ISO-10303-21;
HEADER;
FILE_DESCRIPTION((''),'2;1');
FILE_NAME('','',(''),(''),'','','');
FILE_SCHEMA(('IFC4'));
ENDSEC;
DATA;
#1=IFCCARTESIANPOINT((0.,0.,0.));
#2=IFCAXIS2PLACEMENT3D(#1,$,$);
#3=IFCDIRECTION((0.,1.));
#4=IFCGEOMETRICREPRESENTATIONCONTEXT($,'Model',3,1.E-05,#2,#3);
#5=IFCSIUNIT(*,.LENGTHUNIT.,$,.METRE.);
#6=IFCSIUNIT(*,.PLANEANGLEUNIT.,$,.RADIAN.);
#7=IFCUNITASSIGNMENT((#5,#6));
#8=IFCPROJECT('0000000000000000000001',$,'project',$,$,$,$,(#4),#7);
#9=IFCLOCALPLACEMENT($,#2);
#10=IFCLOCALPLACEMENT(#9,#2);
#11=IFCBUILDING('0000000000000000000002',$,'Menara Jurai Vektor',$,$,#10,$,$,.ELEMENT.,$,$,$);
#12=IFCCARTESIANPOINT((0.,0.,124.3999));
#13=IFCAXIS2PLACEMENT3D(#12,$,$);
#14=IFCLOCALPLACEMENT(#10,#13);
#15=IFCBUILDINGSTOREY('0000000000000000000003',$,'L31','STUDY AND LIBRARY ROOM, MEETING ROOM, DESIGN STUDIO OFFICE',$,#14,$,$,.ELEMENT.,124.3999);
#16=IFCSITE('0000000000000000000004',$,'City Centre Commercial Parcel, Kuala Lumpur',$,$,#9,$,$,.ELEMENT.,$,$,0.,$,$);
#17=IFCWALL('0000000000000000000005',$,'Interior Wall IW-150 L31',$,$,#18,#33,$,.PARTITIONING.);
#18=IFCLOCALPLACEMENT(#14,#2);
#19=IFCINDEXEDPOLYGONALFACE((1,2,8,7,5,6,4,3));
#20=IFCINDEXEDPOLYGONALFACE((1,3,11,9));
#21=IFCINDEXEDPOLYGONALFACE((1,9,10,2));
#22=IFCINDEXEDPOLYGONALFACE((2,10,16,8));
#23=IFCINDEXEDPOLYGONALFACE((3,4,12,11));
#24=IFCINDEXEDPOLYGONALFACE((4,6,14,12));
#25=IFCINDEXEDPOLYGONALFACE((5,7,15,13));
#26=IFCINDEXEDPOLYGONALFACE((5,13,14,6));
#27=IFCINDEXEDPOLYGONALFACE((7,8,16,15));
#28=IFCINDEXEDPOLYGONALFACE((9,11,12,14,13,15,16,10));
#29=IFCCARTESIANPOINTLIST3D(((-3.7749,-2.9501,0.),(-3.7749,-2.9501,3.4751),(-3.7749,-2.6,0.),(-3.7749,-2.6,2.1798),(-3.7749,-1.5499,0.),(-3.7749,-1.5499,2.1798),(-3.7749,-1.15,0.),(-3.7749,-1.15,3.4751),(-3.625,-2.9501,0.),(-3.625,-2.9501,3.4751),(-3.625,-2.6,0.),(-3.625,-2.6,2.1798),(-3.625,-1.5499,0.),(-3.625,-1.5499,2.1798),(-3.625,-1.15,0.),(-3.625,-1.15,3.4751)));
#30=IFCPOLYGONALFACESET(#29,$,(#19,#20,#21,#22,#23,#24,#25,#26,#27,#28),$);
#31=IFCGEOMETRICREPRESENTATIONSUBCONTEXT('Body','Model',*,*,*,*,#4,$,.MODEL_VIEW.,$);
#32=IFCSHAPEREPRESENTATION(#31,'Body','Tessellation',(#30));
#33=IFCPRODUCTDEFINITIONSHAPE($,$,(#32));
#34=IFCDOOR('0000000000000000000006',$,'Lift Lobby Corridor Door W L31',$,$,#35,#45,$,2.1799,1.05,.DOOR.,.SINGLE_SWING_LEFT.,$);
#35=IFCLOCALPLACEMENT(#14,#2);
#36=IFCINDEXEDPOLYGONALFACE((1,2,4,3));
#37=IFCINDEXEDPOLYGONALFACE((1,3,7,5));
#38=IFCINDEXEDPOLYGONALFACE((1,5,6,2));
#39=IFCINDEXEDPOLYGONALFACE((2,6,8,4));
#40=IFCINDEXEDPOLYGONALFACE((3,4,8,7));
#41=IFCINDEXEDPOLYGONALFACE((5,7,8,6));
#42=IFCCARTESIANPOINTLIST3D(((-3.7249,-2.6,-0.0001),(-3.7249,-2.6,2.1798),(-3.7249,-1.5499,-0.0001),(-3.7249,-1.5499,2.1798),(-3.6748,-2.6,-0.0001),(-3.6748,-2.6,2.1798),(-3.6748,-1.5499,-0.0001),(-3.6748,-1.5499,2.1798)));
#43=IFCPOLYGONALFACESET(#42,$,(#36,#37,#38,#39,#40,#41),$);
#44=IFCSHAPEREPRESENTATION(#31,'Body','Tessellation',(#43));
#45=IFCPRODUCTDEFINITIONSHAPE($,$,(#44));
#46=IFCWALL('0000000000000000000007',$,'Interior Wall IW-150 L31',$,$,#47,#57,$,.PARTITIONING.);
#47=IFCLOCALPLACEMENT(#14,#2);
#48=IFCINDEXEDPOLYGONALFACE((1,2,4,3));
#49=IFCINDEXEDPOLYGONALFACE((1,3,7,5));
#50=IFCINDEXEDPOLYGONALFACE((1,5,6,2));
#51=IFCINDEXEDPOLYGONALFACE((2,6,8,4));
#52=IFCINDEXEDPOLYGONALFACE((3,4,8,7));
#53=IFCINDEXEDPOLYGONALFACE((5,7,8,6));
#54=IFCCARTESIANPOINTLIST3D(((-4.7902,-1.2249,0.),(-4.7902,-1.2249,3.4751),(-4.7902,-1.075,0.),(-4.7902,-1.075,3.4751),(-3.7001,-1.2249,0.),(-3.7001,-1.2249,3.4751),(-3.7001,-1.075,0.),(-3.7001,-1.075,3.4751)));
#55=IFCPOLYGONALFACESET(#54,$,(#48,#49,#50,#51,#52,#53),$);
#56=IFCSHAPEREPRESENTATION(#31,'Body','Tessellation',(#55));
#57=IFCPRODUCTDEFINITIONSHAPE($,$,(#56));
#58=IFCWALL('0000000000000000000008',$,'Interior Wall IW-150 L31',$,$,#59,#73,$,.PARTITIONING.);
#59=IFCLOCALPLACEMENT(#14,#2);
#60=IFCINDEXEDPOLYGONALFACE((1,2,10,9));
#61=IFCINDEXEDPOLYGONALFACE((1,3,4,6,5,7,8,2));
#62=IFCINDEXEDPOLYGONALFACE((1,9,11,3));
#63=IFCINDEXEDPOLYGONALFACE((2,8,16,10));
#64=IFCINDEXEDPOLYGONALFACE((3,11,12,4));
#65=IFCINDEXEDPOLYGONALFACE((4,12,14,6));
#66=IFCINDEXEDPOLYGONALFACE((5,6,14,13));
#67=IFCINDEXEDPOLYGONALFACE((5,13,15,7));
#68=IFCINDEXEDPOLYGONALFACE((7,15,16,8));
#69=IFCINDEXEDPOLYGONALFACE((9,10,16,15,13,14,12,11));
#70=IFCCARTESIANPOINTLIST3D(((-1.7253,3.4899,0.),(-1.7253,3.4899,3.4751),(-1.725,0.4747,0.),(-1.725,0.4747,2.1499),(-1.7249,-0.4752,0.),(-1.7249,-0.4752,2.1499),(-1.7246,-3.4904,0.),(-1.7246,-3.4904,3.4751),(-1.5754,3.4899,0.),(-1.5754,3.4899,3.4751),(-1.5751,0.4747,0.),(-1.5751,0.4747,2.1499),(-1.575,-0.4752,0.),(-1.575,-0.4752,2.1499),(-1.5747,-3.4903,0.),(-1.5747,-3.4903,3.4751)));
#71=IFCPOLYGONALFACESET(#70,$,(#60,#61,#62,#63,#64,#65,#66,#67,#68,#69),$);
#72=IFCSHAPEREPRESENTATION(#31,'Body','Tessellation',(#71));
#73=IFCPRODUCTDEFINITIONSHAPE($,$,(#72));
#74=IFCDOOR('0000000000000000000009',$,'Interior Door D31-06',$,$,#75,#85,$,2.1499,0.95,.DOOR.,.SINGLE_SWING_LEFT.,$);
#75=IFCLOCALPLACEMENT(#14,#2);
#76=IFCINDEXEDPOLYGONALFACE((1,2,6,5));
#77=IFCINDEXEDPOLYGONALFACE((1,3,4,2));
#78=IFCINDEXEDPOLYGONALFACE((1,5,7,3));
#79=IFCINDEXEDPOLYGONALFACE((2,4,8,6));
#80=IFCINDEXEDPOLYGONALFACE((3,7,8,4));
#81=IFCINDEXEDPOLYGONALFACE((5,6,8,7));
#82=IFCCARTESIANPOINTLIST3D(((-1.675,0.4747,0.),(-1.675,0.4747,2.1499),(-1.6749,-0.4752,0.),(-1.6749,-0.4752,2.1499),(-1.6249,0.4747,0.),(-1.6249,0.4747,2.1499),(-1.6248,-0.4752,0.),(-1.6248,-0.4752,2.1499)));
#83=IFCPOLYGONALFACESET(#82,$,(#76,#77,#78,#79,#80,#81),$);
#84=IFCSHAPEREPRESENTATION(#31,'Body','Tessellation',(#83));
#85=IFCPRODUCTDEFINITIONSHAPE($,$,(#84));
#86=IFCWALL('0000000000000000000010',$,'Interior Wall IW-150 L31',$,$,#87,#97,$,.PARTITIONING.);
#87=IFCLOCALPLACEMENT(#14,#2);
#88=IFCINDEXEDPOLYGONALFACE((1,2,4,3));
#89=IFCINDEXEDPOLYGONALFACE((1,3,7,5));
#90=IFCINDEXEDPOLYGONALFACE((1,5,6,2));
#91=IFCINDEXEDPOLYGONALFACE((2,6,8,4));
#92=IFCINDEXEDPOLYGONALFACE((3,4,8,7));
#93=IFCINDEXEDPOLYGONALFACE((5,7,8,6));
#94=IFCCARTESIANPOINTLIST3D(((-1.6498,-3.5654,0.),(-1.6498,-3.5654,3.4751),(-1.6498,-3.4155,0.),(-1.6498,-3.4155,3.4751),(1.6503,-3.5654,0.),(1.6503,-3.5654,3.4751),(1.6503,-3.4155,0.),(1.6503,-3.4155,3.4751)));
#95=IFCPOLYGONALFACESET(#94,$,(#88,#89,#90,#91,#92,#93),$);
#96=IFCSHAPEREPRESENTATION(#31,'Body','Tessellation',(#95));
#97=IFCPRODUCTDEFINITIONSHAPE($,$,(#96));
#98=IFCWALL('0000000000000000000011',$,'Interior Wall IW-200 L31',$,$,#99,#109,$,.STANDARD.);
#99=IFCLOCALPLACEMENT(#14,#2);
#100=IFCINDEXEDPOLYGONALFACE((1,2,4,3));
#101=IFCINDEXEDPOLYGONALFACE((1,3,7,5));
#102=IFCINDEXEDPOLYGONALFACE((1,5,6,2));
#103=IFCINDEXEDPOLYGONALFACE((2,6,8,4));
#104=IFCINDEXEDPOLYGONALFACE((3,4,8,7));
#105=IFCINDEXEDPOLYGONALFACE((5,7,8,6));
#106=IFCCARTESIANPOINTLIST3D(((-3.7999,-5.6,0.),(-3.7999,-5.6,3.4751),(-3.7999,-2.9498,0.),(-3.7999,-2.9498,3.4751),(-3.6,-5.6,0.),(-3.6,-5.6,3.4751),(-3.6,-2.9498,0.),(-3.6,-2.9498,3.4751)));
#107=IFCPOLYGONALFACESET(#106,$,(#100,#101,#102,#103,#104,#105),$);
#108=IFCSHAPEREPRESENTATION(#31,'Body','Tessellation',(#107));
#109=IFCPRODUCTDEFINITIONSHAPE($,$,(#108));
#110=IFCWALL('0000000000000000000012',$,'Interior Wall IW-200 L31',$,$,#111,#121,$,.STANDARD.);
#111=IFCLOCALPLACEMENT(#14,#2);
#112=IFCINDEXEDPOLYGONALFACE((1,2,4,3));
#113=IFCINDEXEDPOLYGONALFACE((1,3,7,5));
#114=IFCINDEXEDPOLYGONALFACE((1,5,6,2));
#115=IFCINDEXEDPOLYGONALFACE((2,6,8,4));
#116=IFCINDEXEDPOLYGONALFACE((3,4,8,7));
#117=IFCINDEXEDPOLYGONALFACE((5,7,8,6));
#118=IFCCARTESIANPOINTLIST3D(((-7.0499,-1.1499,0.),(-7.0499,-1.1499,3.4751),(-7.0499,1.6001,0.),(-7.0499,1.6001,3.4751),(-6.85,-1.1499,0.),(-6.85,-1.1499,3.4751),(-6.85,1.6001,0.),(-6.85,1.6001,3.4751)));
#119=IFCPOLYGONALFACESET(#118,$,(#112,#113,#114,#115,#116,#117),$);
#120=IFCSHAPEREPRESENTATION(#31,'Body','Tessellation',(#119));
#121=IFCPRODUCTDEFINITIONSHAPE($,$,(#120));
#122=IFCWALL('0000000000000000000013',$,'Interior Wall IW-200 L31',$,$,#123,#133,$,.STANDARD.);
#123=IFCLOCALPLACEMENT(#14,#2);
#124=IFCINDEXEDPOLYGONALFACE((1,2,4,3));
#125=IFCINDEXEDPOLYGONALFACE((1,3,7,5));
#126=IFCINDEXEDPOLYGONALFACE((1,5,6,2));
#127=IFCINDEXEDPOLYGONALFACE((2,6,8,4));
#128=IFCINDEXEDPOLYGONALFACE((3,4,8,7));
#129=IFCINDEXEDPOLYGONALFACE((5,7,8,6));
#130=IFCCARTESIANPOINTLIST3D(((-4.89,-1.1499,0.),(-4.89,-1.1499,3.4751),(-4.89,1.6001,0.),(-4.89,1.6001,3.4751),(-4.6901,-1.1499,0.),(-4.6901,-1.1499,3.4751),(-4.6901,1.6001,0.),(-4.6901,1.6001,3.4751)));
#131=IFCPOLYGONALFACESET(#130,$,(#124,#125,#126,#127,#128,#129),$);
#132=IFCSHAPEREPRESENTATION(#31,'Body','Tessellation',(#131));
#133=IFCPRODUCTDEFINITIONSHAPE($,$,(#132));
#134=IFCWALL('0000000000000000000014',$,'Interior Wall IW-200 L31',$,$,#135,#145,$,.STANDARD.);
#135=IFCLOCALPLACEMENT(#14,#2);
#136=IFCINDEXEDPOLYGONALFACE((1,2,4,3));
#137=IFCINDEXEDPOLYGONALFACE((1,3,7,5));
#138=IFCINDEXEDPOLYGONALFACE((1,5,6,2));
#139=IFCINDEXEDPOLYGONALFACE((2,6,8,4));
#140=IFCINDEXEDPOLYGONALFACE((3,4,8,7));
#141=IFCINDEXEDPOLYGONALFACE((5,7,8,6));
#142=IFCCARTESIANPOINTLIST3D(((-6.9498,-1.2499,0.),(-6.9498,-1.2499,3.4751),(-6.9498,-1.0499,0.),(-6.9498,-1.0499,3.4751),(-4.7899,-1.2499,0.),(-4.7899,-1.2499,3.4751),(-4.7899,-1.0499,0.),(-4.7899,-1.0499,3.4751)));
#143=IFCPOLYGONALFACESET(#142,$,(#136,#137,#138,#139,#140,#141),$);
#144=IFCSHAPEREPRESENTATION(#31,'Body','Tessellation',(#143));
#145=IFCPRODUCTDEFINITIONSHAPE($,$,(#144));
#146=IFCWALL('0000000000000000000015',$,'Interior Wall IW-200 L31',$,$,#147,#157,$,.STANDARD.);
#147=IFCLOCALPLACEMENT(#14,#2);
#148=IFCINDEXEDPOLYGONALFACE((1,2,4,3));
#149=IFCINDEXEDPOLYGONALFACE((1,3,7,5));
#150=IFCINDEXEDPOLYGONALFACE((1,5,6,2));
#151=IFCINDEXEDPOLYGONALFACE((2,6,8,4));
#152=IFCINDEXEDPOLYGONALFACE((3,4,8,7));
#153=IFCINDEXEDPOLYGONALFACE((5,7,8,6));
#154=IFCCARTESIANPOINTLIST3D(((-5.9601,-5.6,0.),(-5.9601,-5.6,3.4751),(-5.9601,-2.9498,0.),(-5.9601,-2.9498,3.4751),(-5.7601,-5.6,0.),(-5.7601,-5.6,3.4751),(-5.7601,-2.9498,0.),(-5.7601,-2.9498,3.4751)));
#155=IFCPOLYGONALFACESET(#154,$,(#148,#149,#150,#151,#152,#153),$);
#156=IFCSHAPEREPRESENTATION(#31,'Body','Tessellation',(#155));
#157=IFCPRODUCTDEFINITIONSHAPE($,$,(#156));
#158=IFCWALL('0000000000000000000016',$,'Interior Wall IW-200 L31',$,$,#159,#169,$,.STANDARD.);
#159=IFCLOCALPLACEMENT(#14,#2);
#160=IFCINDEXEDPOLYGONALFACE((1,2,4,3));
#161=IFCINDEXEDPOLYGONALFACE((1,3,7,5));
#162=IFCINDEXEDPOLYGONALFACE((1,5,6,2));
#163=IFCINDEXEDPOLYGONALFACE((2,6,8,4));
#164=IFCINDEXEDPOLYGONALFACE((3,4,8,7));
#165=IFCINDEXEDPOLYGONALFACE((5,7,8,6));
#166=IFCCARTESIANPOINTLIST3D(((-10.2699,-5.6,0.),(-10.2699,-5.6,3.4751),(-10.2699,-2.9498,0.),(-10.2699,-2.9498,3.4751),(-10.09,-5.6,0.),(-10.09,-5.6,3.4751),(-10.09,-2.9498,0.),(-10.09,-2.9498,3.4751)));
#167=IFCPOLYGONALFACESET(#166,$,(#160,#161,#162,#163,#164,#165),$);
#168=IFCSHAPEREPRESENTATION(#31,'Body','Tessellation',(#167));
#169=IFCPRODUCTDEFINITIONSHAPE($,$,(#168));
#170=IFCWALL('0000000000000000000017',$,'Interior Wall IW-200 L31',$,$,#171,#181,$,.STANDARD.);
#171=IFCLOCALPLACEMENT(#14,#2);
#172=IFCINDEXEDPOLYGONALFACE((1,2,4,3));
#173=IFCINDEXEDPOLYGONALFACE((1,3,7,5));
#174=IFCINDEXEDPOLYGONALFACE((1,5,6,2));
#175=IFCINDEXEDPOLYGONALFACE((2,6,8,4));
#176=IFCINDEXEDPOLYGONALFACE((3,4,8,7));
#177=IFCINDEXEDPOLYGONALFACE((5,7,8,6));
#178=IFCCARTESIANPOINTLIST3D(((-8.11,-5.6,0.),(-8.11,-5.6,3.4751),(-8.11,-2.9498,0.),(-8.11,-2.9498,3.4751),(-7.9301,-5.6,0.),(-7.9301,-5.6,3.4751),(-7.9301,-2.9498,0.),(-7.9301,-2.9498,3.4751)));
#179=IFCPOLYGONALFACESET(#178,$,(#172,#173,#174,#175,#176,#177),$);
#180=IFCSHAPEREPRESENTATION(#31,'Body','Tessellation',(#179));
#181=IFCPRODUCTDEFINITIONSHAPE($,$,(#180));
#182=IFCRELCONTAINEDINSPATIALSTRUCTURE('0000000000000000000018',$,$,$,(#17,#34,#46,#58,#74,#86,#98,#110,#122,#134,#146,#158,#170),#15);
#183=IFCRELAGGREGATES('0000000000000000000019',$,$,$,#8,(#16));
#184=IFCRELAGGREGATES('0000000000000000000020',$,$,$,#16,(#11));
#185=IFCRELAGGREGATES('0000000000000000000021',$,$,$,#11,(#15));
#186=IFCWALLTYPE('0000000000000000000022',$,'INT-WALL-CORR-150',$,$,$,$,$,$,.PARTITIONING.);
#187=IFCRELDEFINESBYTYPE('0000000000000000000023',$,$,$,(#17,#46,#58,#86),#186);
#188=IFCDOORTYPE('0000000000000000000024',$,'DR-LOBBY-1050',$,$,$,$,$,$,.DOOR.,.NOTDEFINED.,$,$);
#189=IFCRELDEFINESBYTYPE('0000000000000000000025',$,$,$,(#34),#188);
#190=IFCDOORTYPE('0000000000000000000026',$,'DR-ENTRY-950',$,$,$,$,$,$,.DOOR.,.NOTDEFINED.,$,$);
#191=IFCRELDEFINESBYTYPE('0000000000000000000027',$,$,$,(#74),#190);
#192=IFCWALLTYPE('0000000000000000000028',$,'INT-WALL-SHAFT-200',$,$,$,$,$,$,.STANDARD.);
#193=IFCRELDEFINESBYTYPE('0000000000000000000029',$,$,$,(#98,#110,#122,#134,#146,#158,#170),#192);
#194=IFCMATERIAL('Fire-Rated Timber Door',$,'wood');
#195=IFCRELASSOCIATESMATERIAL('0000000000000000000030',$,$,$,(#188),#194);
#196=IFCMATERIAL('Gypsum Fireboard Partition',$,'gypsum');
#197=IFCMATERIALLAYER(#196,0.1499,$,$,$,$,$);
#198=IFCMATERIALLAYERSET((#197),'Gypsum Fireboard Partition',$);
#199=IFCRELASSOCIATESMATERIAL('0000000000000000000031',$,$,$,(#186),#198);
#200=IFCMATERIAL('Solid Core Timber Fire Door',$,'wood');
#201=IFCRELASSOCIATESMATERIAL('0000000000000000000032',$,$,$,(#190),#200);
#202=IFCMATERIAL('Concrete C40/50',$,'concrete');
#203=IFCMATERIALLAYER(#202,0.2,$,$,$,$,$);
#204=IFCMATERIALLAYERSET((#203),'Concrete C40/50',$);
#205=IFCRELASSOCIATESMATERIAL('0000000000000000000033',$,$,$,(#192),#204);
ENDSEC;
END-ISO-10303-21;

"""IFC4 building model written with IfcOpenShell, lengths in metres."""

from ifc_helpers import new_model, si_unit, direction, frame, frame_2d, origin, place, context, subcontext, project, spatial, rectangle, extrude, material, layer, layer_set, type_object, element, fill, save


model = new_model("IFC4")

# Units and contexts
model_context = context("Model", 3, precision=1e-05, world=origin(), true_north=direction((0.0, 1.0)))
body_context = subcontext(model_context, "Body", "Model", "MODEL_VIEW")
ifc_project = project(units=[si_unit("LENGTHUNIT", "METRE"), si_unit("PLANEANGLEUNIT", "RADIAN")], contexts=[model_context])

# Site, building, storey
site_placement = place(None, origin())
site = spatial("IfcSite", under=ifc_project, at=site_placement, Name="City Centre Commercial Parcel, Kuala Lumpur", CompositionType="ELEMENT", RefElevation=0.0)
building_placement = place(site_placement, origin())
building = spatial("IfcBuilding", under=site, at=building_placement, Name="Menara Jurai Vektor", CompositionType="ELEMENT")
storey_placement = place(building_placement, frame((0.0, 0.0, 124.3999)))
storey = spatial("IfcBuildingStorey", under=building, at=storey_placement, Name="L31", Description="STUDY AND LIBRARY ROOM, MEETING ROOM, DESIGN STUDIO OFFICE", CompositionType="ELEMENT", Elevation=124.3999)

# Shared definitions
ifc_material_1 = material(Name="Concrete C40/50", Category="concrete")

# Shared definitions
ifc_material_2 = material(Name="Fire-Rated Timber Door", Category="wood")
door_type_1 = type_object("IfcDoorType", Name="DR-LOBBY-1050", OperationType="NOTDEFINED", PredefinedType="DOOR", material=ifc_material_2)

# Wall, opening, door
ifc_material_3 = material(Name="Gypsum Fireboard Partition", Category="gypsum")
ifc_layer_1 = layer(ifc_material_3, 0.1499)
ifc_layer_set_1 = layer_set([ifc_layer_1], Name="Gypsum Fireboard Partition")
wall_type_1 = type_object("IfcWallType", Name="INT-WALL-CORR-150", PredefinedType="PARTITIONING", material=ifc_layer_set_1)
wall_1_placement = place(storey_placement, frame((-3.7, -2.95, 0.0), z_axis=(0.0, 0.0, 1.0), x_axis=(0.0, 1.0, 0.0)))
wall_1 = element("IfcWall", 1, at=wall_1_placement, inside=storey, type_object=wall_type_1, Name="Interior Wall IW-150 L31", PredefinedType="PARTITIONING", context=body_context, shape_type="SweptSolid", body=[
    extrude(rectangle(XDim=1.8, YDim=0.1499, at=frame_2d((0.8999, 0.0))), origin(), (0.0, 0.0, 1.0), 3.4751),
])
opening_1_placement = place(wall_1_placement, frame((0.3501, 0.0, 0.0)))
opening_1 = element("IfcOpeningElement", 2, at=opening_1_placement, cuts=wall_1, PredefinedType="OPENING", context=body_context, shape_type="SweptSolid", body=[
    extrude(rectangle(XDim=1.05, YDim=2.1799, at=frame_2d((0.5249, 1.0898))), frame((0.0, 0.085, 0.0), z_axis=(0.0, -1.0, 0.0), x_axis=(1.0, 0.0, 0.0)), (0.0, 0.0, 1.0), 0.1699),
])
door_1_placement = place(opening_1_placement, origin())
door_1 = element("IfcDoor", 3, at=door_1_placement, inside=storey, type_object=door_type_1, Name="Lift Lobby Corridor Door W L31", OperationType="SINGLE_SWING_LEFT", OverallHeight=2.1799, OverallWidth=1.05, PredefinedType="DOOR", context=body_context, shape_type="SweptSolid", body=[
    extrude(rectangle(XDim=1.05, YDim=2.1799, at=frame_2d((0.5249, 1.0898))), frame((0.0, 0.0249, 0.0), z_axis=(0.0, -1.0, 0.0), x_axis=(1.0, 0.0, 0.0)), (0.0, 0.0, 1.0), 0.05),
])
fill(opening_1, door_1)

# Wall
wall_2_placement = place(storey_placement, frame((-4.79, -1.1499, 0.0), z_axis=(0.0, 0.0, 1.0), x_axis=(1.0, 0.0, 0.0)))
element("IfcWall", 4, at=wall_2_placement, inside=storey, type_object=wall_type_1, Name="Interior Wall IW-150 L31", PredefinedType="PARTITIONING", context=body_context, shape_type="SweptSolid", body=[
    extrude(rectangle(XDim=1.0901, YDim=0.1499, at=frame_2d((0.5449, 0.0))), origin(), (0.0, 0.0, 1.0), 3.4751),
])

# Wall, opening, door
wall_3_placement = place(storey_placement, frame((-1.6497, -3.4905, 0.0), z_axis=(0.0, 0.0, 1.0), x_axis=(-0.000105, 1.0, 0.0)))
wall_3 = element("IfcWall", 5, at=wall_3_placement, inside=storey, type_object=wall_type_1, Name="Interior Wall IW-150 L31", PredefinedType="PARTITIONING", context=body_context, shape_type="SweptSolid", body=[
    extrude(rectangle(XDim=6.9802, YDim=0.1499, at=frame_2d((3.4902, 0.0))), origin(), (0.0, 0.0, 1.0), 3.4751),
])
opening_2_placement = place(wall_3_placement, frame((3.0151, 0.0, 0.0)))
opening_2 = element("IfcOpeningElement", 6, at=opening_2_placement, cuts=wall_3, PredefinedType="OPENING", context=body_context, shape_type="SweptSolid", body=[
    extrude(rectangle(XDim=0.95, YDim=2.1499, at=frame_2d((0.4751, 1.075))), frame((0.0, 0.085, 0.0), z_axis=(0.0, -1.0, 0.0), x_axis=(1.0, 0.0, 0.0)), (0.0, 0.0, 1.0), 0.1699),
])
ifc_material_4 = material(Name="Solid Core Timber Fire Door", Category="wood")
door_type_2 = type_object("IfcDoorType", Name="DR-ENTRY-950", OperationType="NOTDEFINED", PredefinedType="DOOR", material=ifc_material_4)
door_2_placement = place(opening_2_placement, origin())
door_2 = element("IfcDoor", 7, at=door_2_placement, inside=storey, type_object=door_type_2, Name="Interior Door D31-06", OperationType="SINGLE_SWING_LEFT", OverallHeight=2.1499, OverallWidth=0.95, PredefinedType="DOOR", context=body_context, shape_type="SweptSolid", body=[
    extrude(rectangle(XDim=0.95, YDim=2.1499, at=frame_2d((0.4751, 1.075))), frame((0.0, 0.0249, 0.0), z_axis=(0.0, -1.0, 0.0), x_axis=(1.0, 0.0, 0.0)), (0.0, 0.0, 1.0), 0.05),
])
fill(opening_2, door_2)

# Walls
wall_4_placement = place(storey_placement, frame((-1.6497, -3.4905, 0.0), z_axis=(0.0, 0.0, 1.0), x_axis=(1.0, 0.0, 0.0)))
element("IfcWall", 8, at=wall_4_placement, inside=storey, type_object=wall_type_1, Name="Interior Wall IW-150 L31", PredefinedType="PARTITIONING", context=body_context, shape_type="SweptSolid", body=[
    extrude(rectangle(XDim=3.3, YDim=0.1499, at=frame_2d((1.6499, 0.0))), origin(), (0.0, 0.0, 1.0), 3.4751),
])
ifc_layer_2 = layer(ifc_material_1, 0.2)
ifc_layer_set_2 = layer_set([ifc_layer_2], Name="Concrete C40/50")
wall_type_2 = type_object("IfcWallType", Name="INT-WALL-SHAFT-200", PredefinedType="STANDARD", material=ifc_layer_set_2)
wall_5_placement = place(storey_placement, frame((-3.7, -5.6001, 0.0), z_axis=(0.0, 0.0, 1.0), x_axis=(0.0, 1.0, 0.0)))
element("IfcWall", 9, at=wall_5_placement, inside=storey, type_object=wall_type_2, Name="Interior Wall IW-200 L31", PredefinedType="STANDARD", context=body_context, shape_type="SweptSolid", body=[
    extrude(rectangle(XDim=2.6501, YDim=0.2, at=frame_2d((1.3252, 0.0))), origin(), (0.0, 0.0, 1.0), 3.4751),
])
wall_6_placement = place(storey_placement, frame((-6.95, -1.1499, 0.0), z_axis=(0.0, 0.0, 1.0), x_axis=(0.0, 1.0, 0.0)))
element("IfcWall", 10, at=wall_6_placement, inside=storey, type_object=wall_type_2, Name="Interior Wall IW-200 L31", PredefinedType="STANDARD", context=body_context, shape_type="SweptSolid", body=[
    extrude(rectangle(XDim=2.75, YDim=0.2, at=frame_2d((1.375, 0.0))), origin(), (0.0, 0.0, 1.0), 3.4751),
])

# Walls
wall_7_placement = place(storey_placement, frame((-4.79, -1.1499, 0.0), z_axis=(0.0, 0.0, 1.0), x_axis=(0.0, 1.0, 0.0)))
element("IfcWall", 11, at=wall_7_placement, inside=storey, type_object=wall_type_2, Name="Interior Wall IW-200 L31", PredefinedType="STANDARD", context=body_context, shape_type="SweptSolid", body=[
    extrude(rectangle(XDim=2.75, YDim=0.2, at=frame_2d((1.375, 0.0))), origin(), (0.0, 0.0, 1.0), 3.4751),
])
wall_8_placement = place(storey_placement, frame((-6.95, -1.1499, 0.0), z_axis=(0.0, 0.0, 1.0), x_axis=(1.0, 0.0, 0.0)))
element("IfcWall", 12, at=wall_8_placement, inside=storey, type_object=wall_type_2, Name="Interior Wall IW-200 L31", PredefinedType="STANDARD", context=body_context, shape_type="SweptSolid", body=[
    extrude(rectangle(XDim=2.1599, YDim=0.2, at=frame_2d((1.0801, 0.0))), origin(), (0.0, 0.0, 1.0), 3.4751),
])

# Walls
wall_9_placement = place(storey_placement, frame((-5.8601, -5.6001, 0.0), z_axis=(0.0, 0.0, 1.0), x_axis=(0.0, 1.0, 0.0)))
element("IfcWall", 13, at=wall_9_placement, inside=storey, type_object=wall_type_2, Name="Interior Wall IW-200 L31", PredefinedType="STANDARD", context=body_context, shape_type="SweptSolid", body=[
    extrude(rectangle(XDim=2.6501, YDim=0.2, at=frame_2d((1.3252, 0.0))), origin(), (0.0, 0.0, 1.0), 3.4751),
])
for number, where, z_axis, x_axis, name in (
    (14, (-10.1799, -5.6001, 0.0), (0.0, 0.0, 1.0), (0.0, 1.0, 0.0), "Interior Wall IW-200 L31"),
    (15, (-8.02, -5.6001, 0.0), (0.0, 0.0, 1.0), (0.0, 1.0, 0.0), "Interior Wall IW-200 L31"),
):
    element("IfcWall", number, at=place(storey_placement, frame(where, z_axis=z_axis, x_axis=x_axis)), inside=storey, type_object=wall_type_2, Name=name, PredefinedType="STANDARD", context=body_context, shape_type="SweptSolid", body=[
        extrude(rectangle(XDim=2.6501, YDim=0.1799, at=frame_2d((1.3252, 0.0))), origin(), (0.0, 0.0, 1.0), 3.4751),
    ])

save(model, "model.ifc")
